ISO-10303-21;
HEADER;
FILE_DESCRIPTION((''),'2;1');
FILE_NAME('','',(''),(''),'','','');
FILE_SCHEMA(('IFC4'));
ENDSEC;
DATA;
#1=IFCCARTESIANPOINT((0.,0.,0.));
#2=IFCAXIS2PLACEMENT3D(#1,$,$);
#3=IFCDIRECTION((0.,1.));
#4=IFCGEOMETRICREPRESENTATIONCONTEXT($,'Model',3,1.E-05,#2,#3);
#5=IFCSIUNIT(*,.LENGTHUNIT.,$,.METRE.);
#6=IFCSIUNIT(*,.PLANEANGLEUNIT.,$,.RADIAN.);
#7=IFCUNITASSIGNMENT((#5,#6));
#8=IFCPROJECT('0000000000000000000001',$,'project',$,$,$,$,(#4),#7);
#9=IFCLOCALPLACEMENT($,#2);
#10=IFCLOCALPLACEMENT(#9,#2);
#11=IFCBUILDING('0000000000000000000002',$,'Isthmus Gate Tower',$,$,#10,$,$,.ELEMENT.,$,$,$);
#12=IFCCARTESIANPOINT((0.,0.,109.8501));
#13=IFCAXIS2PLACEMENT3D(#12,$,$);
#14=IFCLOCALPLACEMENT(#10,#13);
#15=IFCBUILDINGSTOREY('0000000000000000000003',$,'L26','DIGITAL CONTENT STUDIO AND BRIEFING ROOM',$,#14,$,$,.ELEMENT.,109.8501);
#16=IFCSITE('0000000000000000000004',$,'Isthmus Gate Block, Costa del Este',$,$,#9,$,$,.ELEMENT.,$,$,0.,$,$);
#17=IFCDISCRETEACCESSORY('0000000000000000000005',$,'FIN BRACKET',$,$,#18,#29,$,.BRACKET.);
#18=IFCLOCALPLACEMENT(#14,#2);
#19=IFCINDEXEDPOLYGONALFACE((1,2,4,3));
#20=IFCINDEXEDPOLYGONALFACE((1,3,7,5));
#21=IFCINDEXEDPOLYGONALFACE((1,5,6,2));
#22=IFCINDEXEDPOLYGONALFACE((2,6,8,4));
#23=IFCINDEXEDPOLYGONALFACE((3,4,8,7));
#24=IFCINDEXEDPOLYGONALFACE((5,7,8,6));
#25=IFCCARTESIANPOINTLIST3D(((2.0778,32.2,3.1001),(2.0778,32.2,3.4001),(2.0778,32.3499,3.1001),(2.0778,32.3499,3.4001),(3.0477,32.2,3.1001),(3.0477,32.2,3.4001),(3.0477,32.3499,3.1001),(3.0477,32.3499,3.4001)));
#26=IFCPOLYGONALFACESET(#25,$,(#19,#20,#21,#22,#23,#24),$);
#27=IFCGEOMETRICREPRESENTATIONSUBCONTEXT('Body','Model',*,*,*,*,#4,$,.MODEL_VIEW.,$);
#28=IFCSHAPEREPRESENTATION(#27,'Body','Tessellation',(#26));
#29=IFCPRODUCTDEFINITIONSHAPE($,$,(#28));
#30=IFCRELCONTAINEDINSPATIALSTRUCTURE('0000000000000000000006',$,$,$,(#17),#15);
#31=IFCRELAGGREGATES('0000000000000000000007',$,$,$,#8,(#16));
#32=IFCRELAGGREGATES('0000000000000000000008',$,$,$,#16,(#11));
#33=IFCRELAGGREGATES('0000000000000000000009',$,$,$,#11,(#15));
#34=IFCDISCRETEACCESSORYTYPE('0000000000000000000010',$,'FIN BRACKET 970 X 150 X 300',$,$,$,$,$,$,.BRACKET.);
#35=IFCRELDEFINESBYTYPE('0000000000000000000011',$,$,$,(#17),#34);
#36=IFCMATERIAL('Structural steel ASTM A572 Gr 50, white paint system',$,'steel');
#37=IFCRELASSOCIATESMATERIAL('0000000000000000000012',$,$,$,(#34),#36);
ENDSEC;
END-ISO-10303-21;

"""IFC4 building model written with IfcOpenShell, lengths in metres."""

from ifc_helpers import new_model, si_unit, direction, frame, origin, origin_2d, place, context, subcontext, project, spatial, rectangle, extrude, material, type_object, element, save


model = new_model("IFC4")

# Units and contexts
model_context = context("Model", 3, precision=1e-05, world=origin(), true_north=direction((0.0, 1.0)))
body_context = subcontext(model_context, "Body", "Model", "MODEL_VIEW")
ifc_project = project(units=[si_unit("LENGTHUNIT", "METRE"), si_unit("PLANEANGLEUNIT", "RADIAN")], contexts=[model_context])

# Site, building, storey
site_placement = place(None, origin())
site = spatial("IfcSite", under=ifc_project, at=site_placement, Name="Isthmus Gate Block, Costa del Este", CompositionType="ELEMENT", RefElevation=0.0)
building_placement = place(site_placement, origin())
building = spatial("IfcBuilding", under=site, at=building_placement, Name="Isthmus Gate Tower", CompositionType="ELEMENT")
storey_placement = place(building_placement, frame((0.0, 0.0, 109.8501)))
storey = spatial("IfcBuildingStorey", under=building, at=storey_placement, Name="L26", Description="DIGITAL CONTENT STUDIO AND BRIEFING ROOM", CompositionType="ELEMENT", Elevation=109.8501)

# Discrete accessory
ifc_material_1 = material(Name="Structural steel ASTM A572 Gr 50, white paint system", Category="steel")
discrete_accessory_type = type_object("IfcDiscreteAccessoryType", Name="FIN BRACKET 970 X 150 X 300", PredefinedType="BRACKET", material=ifc_material_1)
for number, where, z_axis, x_axis, name in (
    (1, (2.5627, 32.2749, 3.1001), (0.0, 0.0, 1.0), (0.0, 1.0, 0.0), "FIN BRACKET"),
):
    element("IfcDiscreteAccessory", number, at=place(storey_placement, frame(where, z_axis=z_axis, x_axis=x_axis)), inside=storey, type_object=discrete_accessory_type, Name=name, PredefinedType="BRACKET", context=body_context, shape_type="SweptSolid", body=[
        extrude(rectangle(XDim=0.1499, YDim=0.97, at=origin_2d()), origin(), (0.0, 0.0, 1.0), 0.3),
    ])

save(model, "model.ifc")
